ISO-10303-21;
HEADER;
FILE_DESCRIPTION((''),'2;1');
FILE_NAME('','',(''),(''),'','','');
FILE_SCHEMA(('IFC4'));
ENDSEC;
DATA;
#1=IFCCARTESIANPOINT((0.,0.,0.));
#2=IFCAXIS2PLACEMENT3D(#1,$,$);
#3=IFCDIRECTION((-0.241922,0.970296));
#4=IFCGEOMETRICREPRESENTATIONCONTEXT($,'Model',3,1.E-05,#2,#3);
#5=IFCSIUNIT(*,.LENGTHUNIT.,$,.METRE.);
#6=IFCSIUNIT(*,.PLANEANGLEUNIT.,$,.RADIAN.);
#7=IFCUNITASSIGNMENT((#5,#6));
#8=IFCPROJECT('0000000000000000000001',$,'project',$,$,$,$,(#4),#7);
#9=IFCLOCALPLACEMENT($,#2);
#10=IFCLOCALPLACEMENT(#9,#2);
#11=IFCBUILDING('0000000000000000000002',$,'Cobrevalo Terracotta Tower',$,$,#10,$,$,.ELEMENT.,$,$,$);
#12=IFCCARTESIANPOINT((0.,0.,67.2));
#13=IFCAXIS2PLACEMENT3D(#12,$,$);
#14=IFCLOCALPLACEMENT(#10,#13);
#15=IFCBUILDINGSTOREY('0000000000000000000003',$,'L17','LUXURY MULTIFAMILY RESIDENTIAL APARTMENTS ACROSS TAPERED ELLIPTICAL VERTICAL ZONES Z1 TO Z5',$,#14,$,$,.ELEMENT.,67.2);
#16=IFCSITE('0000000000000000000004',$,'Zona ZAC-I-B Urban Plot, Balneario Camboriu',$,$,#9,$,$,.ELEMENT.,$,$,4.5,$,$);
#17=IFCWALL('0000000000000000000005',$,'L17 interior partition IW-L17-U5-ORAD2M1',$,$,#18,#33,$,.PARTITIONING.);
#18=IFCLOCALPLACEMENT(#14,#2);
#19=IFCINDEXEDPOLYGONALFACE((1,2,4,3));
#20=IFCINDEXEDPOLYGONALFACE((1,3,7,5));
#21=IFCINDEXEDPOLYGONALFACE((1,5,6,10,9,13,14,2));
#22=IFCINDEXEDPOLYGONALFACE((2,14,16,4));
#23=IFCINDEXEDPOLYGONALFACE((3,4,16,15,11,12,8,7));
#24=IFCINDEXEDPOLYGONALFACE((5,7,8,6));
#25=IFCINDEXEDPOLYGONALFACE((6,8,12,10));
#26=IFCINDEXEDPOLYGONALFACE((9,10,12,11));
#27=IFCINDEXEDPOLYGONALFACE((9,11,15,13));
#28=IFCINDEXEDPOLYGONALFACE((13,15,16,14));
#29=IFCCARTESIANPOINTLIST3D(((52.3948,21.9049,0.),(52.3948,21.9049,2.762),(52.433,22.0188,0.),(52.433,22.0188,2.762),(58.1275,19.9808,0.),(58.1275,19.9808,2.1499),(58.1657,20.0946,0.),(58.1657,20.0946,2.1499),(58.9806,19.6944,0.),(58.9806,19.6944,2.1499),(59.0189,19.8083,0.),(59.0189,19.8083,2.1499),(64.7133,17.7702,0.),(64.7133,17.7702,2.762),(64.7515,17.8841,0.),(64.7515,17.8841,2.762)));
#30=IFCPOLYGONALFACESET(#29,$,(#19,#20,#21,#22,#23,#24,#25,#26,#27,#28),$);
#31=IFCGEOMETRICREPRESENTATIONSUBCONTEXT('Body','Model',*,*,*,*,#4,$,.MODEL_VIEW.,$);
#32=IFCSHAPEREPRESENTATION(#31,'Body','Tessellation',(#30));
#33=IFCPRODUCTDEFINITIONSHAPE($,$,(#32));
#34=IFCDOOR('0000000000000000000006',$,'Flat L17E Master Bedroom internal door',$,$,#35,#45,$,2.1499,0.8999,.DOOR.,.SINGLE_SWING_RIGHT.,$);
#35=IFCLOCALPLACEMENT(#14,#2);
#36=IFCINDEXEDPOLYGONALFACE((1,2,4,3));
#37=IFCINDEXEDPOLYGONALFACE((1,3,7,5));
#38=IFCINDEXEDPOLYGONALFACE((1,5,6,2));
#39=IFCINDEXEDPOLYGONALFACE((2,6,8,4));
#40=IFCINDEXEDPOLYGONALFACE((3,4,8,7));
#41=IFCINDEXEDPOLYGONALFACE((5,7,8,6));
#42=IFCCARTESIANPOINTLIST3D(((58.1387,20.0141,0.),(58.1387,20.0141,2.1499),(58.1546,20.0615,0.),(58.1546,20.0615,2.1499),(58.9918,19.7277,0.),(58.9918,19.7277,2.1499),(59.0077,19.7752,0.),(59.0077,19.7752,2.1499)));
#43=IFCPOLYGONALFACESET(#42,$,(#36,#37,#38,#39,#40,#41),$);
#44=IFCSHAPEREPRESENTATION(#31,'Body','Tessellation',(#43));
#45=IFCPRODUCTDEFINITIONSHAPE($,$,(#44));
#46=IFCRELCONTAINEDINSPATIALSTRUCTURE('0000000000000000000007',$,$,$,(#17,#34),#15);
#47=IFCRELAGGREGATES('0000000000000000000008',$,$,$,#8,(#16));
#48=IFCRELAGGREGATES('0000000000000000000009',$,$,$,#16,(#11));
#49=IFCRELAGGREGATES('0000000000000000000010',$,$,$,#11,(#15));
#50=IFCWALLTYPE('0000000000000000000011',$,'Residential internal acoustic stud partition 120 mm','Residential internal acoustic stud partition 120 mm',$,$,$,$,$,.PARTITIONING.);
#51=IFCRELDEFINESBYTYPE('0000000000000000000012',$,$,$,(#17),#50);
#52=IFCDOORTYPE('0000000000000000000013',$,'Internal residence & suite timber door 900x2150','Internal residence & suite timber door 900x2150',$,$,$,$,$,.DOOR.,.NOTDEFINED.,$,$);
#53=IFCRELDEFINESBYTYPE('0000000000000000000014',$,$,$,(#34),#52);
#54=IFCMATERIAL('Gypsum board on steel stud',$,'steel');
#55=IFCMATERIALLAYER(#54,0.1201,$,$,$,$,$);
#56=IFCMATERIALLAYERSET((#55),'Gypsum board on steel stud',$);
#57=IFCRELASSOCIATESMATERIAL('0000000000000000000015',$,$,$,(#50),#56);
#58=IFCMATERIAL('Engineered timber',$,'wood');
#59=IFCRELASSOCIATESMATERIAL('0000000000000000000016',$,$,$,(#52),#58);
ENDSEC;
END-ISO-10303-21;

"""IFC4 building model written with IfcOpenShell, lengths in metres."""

from ifc_helpers import new_model, si_unit, direction, frame, frame_2d, origin, place, context, subcontext, project, spatial, rectangle, extrude, source, transform, mapped, material, layer, layer_set, type_object, element, fill, save


model = new_model("IFC4")

# Units and contexts
model_context = context("Model", 3, precision=1e-05, world=origin(), true_north=direction((-0.241922, 0.970296)))
body_context = subcontext(model_context, "Body", "Model", "MODEL_VIEW")
ifc_project = project(units=[si_unit("LENGTHUNIT", "METRE"), si_unit("PLANEANGLEUNIT", "RADIAN")], contexts=[model_context])

# Site, building, storey
site_placement = place(None, origin())
site = spatial("IfcSite", under=ifc_project, at=site_placement, Name="Zona ZAC-I-B Urban Plot, Balneario Camboriu", CompositionType="ELEMENT", RefElevation=4.5)
building_placement = place(site_placement, origin())
building = spatial("IfcBuilding", under=site, at=building_placement, Name="Cobrevalo Terracotta Tower", CompositionType="ELEMENT")
storey_placement = place(building_placement, frame((0.0, 0.0, 67.2)))
storey = spatial("IfcBuildingStorey", under=building, at=storey_placement, Name="L17", Description="LUXURY MULTIFAMILY RESIDENTIAL APARTMENTS ACROSS TAPERED ELLIPTICAL VERTICAL ZONES Z1 TO Z5", CompositionType="ELEMENT", Elevation=67.2)

# Shared definitions
ifc_material_1 = material(Name="Gypsum board on steel stud", Category="steel")
ifc_layer_1 = layer(ifc_material_1, 0.1201)
ifc_layer_set_1 = layer_set([ifc_layer_1], Name="Gypsum board on steel stud")
wall_type = type_object("IfcWallType", Name="Residential internal acoustic stud partition 120 mm", Description="Residential internal acoustic stud partition 120 mm", PredefinedType="PARTITIONING", material=ifc_layer_set_1)

# Wall, opening, door
wall_1_placement = place(storey_placement, frame((52.4138, 21.9619, 0.0), z_axis=(0.0, 0.0, 1.0), x_axis=(0.948022, -0.318206, 0.0)))
wall_1 = element("IfcWall", 1, at=wall_1_placement, inside=storey, type_object=wall_type, Name="L17 interior partition IW-L17-U5-ORAD2M1", PredefinedType="PARTITIONING", context=body_context, shape_type="SweptSolid", body=[
    extrude(rectangle(XDim=12.9939, YDim=0.1201, at=frame_2d((6.4971, 0.0))), origin(), (0.0, 0.0, 1.0), 2.762),
])
opening_1_placement = place(wall_1_placement, frame((6.0471, 0.0, 0.0)))
opening_1 = element("IfcOpeningElement", 2, at=opening_1_placement, cuts=wall_1, PredefinedType="OPENING", context=body_context, shape_type="SweptSolid", body=[
    extrude(rectangle(XDim=0.8999, YDim=2.1499, at=frame_2d((0.45, 1.075))), frame((0.0, 0.0701, 0.0), z_axis=(0.0, -1.0, 0.0), x_axis=(1.0, 0.0, 0.0)), (0.0, 0.0, 1.0), 0.1401),
])
ifc_material_2 = material(Name="Engineered timber", Category="wood")
door_type = type_object("IfcDoorType", Name="Internal residence & suite timber door 900x2150", Description="Internal residence & suite timber door 900x2150", OperationType="NOTDEFINED", PredefinedType="DOOR", material=ifc_material_2)
shared_shape_1 = source(origin(), body_context, "Body", "SweptSolid", [
    extrude(rectangle(XDim=0.8999, YDim=2.1499, at=frame_2d((0.45, 1.075))), frame((0.0, 0.0249, 0.0), z_axis=(0.0, -1.0, 0.0), x_axis=(1.0, 0.0, 0.0)), (0.0, 0.0, 1.0), 0.05),
])
door_1_placement = place(opening_1_placement, frame((0.8999, 0.0, 0.0), z_axis=(0.0, 0.0, 1.0), x_axis=(-1.0, 0.0, 0.0)))
door_1 = element("IfcDoor", 3, at=door_1_placement, inside=storey, type_object=door_type, Name="Flat L17E Master Bedroom internal door", OperationType="SINGLE_SWING_RIGHT", OverallHeight=2.1499, OverallWidth=0.8999, PredefinedType="DOOR", context=body_context, shape_type="MappedRepresentation", body=[
    mapped(shared_shape_1, transform((0.0, 0.0, 0.0), scale=1.0)),
])
fill(opening_1, door_1)

save(model, "model.ifc")
